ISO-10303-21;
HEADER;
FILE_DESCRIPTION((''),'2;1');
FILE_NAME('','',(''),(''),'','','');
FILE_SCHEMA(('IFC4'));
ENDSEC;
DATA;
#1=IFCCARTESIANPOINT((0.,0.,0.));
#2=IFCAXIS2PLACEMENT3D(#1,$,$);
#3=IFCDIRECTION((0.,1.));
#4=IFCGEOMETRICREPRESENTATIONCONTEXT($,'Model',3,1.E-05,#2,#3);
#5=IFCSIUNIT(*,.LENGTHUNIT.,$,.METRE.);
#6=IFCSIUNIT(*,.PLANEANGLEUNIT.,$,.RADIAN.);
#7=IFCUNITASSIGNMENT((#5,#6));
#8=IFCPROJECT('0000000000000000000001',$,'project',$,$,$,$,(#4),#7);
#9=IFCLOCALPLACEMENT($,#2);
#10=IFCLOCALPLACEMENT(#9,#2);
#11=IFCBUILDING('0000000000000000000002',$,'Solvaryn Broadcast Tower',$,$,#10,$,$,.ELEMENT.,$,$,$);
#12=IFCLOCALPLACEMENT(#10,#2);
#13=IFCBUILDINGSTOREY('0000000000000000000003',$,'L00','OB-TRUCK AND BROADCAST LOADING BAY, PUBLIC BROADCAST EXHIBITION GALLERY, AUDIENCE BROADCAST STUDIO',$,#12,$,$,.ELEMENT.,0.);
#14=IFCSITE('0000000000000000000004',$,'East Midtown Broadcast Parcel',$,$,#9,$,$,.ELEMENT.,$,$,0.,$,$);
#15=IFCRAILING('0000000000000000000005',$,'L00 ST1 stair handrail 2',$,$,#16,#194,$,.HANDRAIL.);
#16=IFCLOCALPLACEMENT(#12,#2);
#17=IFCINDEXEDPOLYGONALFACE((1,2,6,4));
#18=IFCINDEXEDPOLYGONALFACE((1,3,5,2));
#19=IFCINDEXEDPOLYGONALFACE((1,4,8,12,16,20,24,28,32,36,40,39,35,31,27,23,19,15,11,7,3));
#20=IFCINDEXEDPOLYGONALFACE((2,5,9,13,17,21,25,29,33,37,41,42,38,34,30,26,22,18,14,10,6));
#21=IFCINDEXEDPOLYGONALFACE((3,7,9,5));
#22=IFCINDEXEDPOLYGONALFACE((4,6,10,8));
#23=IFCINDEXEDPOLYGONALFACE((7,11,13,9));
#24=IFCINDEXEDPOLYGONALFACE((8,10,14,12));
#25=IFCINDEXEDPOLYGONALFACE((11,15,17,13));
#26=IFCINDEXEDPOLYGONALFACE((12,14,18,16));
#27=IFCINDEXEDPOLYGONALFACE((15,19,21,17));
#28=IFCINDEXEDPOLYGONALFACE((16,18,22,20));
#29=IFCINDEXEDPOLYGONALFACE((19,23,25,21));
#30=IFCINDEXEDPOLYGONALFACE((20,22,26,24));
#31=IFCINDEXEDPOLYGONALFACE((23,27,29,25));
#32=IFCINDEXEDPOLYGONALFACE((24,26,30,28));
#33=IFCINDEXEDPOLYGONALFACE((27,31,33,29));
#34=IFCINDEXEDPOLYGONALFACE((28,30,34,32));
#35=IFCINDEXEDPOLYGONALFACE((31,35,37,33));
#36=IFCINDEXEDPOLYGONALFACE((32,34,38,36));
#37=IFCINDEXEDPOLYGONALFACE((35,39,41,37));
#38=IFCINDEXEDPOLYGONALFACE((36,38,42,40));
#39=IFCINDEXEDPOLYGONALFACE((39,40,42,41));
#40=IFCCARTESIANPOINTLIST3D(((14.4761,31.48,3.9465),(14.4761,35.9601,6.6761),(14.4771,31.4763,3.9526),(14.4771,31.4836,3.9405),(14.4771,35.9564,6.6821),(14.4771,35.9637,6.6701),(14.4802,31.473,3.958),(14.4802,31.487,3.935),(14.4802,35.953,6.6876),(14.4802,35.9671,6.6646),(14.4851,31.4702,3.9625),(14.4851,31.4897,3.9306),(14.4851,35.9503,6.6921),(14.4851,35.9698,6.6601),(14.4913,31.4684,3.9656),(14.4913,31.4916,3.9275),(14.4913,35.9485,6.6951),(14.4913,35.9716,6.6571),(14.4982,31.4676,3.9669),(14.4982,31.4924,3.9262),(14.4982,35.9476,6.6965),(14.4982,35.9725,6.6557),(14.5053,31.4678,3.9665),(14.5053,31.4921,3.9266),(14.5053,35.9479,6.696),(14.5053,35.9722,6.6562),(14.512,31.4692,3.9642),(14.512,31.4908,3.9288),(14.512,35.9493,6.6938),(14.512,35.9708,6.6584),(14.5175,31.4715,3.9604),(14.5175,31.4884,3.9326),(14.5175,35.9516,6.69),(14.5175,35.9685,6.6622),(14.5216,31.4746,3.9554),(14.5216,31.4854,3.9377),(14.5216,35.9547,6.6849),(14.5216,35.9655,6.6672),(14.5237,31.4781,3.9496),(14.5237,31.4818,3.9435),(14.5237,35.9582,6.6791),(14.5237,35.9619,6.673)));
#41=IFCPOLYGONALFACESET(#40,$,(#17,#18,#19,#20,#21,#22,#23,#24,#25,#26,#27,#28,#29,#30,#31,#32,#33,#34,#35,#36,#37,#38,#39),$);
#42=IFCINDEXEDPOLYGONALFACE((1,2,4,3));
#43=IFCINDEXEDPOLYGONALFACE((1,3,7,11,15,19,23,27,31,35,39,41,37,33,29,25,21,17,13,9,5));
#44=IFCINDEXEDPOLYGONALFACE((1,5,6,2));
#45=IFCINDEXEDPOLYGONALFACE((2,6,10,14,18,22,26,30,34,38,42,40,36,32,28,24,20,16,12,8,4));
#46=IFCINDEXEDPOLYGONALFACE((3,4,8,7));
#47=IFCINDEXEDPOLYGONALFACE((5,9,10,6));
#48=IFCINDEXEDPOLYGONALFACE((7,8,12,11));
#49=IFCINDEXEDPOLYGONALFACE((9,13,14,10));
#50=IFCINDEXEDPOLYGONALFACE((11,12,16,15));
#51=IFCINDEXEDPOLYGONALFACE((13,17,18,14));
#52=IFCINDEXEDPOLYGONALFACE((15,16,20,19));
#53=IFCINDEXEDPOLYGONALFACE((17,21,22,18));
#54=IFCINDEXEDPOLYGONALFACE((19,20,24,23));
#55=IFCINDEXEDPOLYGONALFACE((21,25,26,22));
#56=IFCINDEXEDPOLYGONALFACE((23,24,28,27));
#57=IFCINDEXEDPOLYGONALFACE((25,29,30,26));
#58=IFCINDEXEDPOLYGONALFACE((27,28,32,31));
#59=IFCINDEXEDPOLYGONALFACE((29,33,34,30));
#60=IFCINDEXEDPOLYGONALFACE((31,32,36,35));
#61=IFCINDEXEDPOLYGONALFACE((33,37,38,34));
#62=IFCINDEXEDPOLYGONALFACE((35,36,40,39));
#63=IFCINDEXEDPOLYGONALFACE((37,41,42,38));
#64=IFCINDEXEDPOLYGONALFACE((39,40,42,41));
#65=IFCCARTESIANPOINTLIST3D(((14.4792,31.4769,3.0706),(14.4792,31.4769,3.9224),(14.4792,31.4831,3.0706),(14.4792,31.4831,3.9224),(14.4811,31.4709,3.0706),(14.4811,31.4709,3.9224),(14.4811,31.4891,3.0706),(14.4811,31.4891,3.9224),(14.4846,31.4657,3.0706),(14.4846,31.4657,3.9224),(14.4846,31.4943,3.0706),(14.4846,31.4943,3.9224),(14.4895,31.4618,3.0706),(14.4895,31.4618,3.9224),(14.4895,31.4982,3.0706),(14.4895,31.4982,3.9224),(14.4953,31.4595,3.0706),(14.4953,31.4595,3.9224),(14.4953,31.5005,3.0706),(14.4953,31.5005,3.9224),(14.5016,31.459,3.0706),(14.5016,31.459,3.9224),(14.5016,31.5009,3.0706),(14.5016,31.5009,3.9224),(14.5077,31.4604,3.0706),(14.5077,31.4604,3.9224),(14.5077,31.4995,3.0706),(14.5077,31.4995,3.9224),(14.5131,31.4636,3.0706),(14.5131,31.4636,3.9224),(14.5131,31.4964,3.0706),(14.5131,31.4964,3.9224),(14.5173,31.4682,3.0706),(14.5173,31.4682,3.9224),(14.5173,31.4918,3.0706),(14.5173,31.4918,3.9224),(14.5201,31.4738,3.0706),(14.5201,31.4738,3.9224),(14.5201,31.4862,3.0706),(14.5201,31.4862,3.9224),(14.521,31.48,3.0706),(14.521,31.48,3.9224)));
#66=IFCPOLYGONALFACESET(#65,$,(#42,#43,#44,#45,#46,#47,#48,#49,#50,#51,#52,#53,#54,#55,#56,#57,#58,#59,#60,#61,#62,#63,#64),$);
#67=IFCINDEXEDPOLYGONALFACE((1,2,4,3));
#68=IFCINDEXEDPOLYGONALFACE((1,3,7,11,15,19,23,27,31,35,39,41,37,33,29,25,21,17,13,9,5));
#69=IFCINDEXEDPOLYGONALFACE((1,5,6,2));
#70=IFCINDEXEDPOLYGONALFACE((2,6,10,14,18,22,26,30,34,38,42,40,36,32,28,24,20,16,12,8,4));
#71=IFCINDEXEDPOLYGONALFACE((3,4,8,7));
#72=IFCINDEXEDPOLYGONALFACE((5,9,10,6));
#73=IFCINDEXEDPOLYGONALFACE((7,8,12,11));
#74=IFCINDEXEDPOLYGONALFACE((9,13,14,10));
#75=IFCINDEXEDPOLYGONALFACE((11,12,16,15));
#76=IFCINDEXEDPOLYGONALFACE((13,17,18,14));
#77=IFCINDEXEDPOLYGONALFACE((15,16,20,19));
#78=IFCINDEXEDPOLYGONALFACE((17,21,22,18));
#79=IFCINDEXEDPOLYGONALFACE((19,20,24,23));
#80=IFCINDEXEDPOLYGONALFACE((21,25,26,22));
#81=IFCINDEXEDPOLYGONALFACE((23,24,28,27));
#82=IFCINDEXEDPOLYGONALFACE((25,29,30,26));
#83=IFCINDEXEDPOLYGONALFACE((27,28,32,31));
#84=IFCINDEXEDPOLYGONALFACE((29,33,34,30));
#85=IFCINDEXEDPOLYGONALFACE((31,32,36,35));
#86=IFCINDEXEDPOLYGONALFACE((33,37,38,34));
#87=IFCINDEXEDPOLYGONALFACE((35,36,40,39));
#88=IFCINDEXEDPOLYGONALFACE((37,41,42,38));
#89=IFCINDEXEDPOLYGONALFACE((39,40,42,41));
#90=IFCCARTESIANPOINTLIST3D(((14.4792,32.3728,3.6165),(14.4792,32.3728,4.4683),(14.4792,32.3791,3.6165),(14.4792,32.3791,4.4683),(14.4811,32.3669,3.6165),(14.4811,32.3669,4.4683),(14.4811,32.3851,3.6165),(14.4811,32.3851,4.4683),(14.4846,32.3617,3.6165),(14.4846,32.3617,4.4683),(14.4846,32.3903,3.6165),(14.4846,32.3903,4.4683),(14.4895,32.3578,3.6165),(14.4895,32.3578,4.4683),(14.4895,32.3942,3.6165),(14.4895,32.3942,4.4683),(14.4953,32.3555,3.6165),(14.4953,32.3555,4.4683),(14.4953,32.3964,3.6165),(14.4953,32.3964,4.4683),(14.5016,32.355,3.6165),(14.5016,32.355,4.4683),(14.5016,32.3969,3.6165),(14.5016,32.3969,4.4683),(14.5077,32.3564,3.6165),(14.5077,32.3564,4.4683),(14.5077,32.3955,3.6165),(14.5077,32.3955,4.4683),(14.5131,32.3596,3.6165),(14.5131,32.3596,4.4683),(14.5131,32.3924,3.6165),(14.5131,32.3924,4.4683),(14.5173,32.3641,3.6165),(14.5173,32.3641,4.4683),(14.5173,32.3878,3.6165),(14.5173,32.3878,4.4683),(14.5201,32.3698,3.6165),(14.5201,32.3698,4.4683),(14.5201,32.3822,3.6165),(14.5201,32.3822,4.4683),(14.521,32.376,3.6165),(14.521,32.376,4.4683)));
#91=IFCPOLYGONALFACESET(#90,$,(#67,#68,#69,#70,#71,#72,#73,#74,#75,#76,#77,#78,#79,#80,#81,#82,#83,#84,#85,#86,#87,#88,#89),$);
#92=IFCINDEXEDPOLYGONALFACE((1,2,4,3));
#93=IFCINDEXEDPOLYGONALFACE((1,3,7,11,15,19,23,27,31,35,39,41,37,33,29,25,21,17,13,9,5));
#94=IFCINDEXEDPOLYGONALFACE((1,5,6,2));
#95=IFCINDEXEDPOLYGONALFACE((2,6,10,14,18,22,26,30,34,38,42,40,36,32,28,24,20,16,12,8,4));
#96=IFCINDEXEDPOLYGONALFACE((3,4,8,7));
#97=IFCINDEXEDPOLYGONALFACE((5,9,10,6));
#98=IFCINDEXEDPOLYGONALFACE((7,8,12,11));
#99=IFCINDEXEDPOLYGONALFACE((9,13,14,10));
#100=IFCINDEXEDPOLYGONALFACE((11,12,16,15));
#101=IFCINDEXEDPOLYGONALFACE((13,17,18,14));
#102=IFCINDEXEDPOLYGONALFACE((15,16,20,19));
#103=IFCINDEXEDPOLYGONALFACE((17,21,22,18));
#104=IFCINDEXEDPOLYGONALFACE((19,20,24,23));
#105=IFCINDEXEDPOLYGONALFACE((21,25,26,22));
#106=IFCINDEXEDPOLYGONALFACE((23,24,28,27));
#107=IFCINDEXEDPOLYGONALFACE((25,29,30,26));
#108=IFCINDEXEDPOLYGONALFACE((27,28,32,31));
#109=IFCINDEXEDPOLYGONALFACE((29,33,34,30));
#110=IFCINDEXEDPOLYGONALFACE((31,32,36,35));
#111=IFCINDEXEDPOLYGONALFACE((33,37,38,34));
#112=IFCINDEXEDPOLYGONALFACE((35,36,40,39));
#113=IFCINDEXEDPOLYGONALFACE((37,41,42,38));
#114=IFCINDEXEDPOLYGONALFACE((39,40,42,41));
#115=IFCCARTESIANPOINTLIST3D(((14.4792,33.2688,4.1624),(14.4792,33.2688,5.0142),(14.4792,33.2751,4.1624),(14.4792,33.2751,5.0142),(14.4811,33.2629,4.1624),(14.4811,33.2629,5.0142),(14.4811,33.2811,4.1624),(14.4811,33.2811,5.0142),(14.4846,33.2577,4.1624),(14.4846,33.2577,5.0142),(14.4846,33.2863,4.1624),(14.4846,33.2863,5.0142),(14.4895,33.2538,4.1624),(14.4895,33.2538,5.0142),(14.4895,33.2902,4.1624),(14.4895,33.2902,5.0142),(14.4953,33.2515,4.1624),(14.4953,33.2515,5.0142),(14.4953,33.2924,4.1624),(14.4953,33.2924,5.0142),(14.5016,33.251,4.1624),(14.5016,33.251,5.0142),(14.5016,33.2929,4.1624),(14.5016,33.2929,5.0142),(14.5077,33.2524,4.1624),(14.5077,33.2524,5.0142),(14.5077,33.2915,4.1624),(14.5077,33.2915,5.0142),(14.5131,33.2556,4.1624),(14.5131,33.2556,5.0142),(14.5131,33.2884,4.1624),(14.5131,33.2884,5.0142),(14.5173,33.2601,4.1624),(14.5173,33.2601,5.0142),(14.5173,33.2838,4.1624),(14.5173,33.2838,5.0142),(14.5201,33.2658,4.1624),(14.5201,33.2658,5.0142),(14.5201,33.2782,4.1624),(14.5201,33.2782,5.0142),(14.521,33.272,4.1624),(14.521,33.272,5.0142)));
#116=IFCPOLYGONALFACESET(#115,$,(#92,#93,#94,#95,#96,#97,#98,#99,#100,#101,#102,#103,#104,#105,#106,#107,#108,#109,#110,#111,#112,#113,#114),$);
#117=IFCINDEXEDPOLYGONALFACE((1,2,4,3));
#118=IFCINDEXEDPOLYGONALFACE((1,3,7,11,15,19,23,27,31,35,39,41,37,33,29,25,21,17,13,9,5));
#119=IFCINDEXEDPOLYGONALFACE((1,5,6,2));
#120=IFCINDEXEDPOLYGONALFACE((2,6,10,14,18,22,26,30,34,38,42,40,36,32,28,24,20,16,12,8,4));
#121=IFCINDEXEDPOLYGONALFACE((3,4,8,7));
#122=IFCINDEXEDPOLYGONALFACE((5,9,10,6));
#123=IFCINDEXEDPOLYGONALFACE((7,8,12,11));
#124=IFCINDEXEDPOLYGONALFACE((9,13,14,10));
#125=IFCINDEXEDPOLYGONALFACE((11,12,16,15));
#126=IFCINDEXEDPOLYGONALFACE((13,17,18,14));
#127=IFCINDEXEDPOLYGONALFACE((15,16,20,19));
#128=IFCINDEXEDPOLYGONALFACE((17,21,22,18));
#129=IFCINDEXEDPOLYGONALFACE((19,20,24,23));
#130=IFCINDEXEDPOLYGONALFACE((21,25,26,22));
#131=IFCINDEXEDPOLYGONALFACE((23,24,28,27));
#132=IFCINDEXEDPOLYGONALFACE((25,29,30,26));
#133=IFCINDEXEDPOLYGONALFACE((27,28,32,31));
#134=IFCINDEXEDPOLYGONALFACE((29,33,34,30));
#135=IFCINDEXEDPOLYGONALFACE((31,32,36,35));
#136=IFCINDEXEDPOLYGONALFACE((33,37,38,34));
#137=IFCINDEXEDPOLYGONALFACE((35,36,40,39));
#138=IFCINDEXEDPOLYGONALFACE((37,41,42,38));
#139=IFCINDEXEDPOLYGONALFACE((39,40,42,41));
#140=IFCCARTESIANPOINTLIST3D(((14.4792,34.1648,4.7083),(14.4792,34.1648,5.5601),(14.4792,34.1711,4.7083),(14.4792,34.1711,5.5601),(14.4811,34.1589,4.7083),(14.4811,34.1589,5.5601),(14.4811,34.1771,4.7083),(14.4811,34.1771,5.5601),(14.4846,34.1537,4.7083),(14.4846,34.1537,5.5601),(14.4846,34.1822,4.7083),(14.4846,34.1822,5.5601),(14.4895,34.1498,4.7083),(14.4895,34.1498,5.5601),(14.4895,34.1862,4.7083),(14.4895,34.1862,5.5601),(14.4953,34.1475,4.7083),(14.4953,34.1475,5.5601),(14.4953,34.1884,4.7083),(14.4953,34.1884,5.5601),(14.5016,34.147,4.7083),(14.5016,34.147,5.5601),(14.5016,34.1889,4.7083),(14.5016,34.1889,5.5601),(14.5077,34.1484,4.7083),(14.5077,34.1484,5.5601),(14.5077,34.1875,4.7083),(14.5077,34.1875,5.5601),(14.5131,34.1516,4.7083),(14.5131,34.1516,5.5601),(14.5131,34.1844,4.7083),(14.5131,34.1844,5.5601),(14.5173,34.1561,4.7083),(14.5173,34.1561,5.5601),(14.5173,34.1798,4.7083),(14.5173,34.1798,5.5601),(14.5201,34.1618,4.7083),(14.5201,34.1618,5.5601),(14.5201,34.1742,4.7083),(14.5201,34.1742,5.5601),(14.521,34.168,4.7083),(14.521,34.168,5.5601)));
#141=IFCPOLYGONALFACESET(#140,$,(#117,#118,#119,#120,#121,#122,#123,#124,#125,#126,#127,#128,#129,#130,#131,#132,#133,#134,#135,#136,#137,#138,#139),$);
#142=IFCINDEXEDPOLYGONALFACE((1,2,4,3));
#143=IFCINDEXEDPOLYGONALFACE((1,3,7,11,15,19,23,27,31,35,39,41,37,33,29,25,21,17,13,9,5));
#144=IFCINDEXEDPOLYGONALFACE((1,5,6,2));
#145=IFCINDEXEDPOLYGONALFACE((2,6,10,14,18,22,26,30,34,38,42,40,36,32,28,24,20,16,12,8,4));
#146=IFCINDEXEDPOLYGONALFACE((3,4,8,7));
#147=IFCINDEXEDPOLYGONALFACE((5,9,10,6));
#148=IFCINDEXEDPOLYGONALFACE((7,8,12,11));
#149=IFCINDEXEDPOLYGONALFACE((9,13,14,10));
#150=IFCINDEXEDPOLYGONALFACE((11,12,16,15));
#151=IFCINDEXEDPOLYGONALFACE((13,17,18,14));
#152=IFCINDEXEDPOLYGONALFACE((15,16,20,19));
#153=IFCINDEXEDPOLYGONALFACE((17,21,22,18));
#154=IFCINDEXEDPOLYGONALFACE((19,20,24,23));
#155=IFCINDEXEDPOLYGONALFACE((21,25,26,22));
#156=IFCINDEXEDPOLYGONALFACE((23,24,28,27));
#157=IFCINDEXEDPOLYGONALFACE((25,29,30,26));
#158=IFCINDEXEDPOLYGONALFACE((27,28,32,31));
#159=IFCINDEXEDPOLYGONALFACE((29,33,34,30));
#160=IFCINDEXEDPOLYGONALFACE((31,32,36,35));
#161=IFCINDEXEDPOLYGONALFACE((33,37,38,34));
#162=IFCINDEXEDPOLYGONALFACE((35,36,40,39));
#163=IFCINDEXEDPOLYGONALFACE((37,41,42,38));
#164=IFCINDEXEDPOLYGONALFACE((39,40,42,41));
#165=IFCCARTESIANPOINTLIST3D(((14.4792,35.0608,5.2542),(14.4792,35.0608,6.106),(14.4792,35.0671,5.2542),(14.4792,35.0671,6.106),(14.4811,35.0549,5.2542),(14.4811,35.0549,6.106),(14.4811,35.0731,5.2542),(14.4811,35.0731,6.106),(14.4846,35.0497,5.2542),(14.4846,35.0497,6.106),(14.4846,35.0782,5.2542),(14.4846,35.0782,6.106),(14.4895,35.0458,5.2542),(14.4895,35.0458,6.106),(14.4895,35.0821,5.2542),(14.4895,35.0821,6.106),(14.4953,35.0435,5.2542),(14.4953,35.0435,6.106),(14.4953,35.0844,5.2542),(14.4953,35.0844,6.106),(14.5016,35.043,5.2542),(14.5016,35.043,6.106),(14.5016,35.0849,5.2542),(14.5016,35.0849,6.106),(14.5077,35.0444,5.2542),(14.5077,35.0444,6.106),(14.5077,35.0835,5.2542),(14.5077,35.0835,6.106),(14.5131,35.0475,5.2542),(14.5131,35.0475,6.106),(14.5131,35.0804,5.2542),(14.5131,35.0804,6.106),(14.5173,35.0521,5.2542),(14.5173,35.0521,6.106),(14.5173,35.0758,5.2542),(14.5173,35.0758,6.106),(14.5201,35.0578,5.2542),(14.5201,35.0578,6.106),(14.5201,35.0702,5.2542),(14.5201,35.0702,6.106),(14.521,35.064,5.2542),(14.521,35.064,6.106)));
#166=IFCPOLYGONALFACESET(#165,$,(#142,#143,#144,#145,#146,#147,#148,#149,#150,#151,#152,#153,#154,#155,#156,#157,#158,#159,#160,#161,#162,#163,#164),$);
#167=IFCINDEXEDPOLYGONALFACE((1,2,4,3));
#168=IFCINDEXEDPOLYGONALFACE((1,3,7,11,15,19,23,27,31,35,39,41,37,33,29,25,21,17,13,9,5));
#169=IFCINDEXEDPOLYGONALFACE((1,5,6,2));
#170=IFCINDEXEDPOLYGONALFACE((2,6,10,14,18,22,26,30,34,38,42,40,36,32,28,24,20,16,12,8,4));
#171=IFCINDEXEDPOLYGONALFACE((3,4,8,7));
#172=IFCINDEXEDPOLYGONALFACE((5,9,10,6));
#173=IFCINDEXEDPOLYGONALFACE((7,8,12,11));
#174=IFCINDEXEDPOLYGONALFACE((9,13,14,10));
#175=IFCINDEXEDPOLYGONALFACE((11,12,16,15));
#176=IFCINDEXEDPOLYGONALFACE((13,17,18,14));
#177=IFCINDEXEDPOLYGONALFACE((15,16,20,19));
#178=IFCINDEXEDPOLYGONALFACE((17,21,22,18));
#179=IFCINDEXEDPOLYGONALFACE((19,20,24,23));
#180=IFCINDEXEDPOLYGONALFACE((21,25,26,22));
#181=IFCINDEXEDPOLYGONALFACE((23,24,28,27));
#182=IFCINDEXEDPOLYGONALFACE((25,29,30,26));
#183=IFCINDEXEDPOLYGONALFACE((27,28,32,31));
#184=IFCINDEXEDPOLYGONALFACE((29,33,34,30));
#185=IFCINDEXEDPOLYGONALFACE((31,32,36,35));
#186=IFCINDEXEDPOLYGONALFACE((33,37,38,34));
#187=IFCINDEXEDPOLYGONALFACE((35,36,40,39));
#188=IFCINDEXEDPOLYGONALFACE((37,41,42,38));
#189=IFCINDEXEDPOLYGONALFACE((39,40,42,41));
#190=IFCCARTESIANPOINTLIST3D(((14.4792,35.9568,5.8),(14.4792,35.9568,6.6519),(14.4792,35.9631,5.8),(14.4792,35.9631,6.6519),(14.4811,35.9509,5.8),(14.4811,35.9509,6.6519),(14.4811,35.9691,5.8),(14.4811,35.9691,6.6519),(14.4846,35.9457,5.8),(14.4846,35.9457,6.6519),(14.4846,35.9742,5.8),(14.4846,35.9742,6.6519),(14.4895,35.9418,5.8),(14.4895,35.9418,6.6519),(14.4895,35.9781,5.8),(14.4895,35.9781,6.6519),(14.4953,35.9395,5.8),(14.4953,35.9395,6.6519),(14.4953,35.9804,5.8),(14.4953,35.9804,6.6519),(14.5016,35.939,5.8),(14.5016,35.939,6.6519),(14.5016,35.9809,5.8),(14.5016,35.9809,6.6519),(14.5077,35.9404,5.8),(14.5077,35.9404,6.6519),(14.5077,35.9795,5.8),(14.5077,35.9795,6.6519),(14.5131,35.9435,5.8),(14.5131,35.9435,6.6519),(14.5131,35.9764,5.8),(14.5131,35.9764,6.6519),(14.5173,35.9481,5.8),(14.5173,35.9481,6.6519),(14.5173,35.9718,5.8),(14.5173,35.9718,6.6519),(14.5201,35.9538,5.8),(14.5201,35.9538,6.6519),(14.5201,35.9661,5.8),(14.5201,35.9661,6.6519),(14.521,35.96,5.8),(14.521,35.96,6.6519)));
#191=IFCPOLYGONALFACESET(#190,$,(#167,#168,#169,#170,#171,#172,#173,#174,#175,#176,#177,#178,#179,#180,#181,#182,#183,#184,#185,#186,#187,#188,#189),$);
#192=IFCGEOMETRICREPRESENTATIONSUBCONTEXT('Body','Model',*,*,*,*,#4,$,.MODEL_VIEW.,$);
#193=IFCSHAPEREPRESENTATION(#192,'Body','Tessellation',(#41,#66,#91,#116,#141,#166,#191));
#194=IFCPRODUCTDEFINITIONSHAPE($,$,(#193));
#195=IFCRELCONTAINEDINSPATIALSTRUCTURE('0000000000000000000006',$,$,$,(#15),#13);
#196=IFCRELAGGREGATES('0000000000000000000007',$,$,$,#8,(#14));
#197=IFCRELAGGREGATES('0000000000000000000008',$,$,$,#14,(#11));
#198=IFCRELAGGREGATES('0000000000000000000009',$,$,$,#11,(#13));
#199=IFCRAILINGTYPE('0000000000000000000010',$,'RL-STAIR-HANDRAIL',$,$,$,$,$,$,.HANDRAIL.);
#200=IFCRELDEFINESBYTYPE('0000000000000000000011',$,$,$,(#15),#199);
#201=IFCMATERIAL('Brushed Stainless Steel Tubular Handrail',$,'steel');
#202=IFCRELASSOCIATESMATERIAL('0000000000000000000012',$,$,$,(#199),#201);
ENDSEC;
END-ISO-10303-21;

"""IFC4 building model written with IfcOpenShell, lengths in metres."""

from ifc_helpers import new_model, si_unit, direction, frame, origin, origin_2d, place, context, subcontext, project, spatial, circle, extrude, material, type_object, element, save


model = new_model("IFC4")

# Units and contexts
model_context = context("Model", 3, precision=1e-05, world=origin(), true_north=direction((0.0, 1.0)))
body_context = subcontext(model_context, "Body", "Model", "MODEL_VIEW")
ifc_project = project(units=[si_unit("LENGTHUNIT", "METRE"), si_unit("PLANEANGLEUNIT", "RADIAN")], contexts=[model_context])

# Site, building, storey
site_placement = place(None, origin())
site = spatial("IfcSite", under=ifc_project, at=site_placement, Name="East Midtown Broadcast Parcel", CompositionType="ELEMENT", RefElevation=0.0)
building_placement = place(site_placement, origin())
building = spatial("IfcBuilding", under=site, at=building_placement, Name="Solvaryn Broadcast Tower", CompositionType="ELEMENT")
storey_placement = place(building_placement, origin())
storey = spatial("IfcBuildingStorey", under=building, at=storey_placement, Name="L00", Description="OB-TRUCK AND BROADCAST LOADING BAY, PUBLIC BROADCAST EXHIBITION GALLERY, AUDIENCE BROADCAST STUDIO", CompositionType="ELEMENT", Elevation=0.0)

# Railing
ifc_material_1 = material(Name="Brushed Stainless Steel Tubular Handrail", Category="steel")
railing_type_1 = type_object("IfcRailingType", Name="RL-STAIR-HANDRAIL", PredefinedType="HANDRAIL", material=ifc_material_1)
for number, where, name in (
    (1, (14.5, 31.48, 3.0706), "L00 ST1 stair handrail 2"),
):
    element("IfcRailing", number, at=place(storey_placement, frame(where)), inside=storey, type_object=railing_type_1, Name=name, PredefinedType="HANDRAIL", context=body_context, shape_type="SweptSolid", body=[
        extrude(circle(Radius=0.0239, at=origin_2d()), frame((0.0, 0.0, 0.876), z_axis=(0.0, 0.853983, 0.520301), x_axis=(-1.0, 0.0, 0.0)), (0.0, 0.0, 1.0), 5.2461),
        extrude(circle(Radius=0.021, at=origin_2d()), origin(), (0.0, 0.0, 1.0), 0.8518),
        extrude(circle(Radius=0.021, at=origin_2d()), frame((0.0, 0.896, 0.5459)), (0.0, 0.0, 1.0), 0.8518),
        extrude(circle(Radius=0.021, at=origin_2d()), frame((0.0, 1.792, 1.0918)), (0.0, 0.0, 1.0), 0.8518),
        extrude(circle(Radius=0.021, at=origin_2d()), frame((0.0, 2.688, 1.6377)), (0.0, 0.0, 1.0), 0.8518),
        extrude(circle(Radius=0.021, at=origin_2d()), frame((0.0, 3.584, 2.1836)), (0.0, 0.0, 1.0), 0.8518),
        extrude(circle(Radius=0.021, at=origin_2d()), frame((0.0, 4.48, 2.7295)), (0.0, 0.0, 1.0), 0.8518),
    ])

save(model, "model.ifc")
